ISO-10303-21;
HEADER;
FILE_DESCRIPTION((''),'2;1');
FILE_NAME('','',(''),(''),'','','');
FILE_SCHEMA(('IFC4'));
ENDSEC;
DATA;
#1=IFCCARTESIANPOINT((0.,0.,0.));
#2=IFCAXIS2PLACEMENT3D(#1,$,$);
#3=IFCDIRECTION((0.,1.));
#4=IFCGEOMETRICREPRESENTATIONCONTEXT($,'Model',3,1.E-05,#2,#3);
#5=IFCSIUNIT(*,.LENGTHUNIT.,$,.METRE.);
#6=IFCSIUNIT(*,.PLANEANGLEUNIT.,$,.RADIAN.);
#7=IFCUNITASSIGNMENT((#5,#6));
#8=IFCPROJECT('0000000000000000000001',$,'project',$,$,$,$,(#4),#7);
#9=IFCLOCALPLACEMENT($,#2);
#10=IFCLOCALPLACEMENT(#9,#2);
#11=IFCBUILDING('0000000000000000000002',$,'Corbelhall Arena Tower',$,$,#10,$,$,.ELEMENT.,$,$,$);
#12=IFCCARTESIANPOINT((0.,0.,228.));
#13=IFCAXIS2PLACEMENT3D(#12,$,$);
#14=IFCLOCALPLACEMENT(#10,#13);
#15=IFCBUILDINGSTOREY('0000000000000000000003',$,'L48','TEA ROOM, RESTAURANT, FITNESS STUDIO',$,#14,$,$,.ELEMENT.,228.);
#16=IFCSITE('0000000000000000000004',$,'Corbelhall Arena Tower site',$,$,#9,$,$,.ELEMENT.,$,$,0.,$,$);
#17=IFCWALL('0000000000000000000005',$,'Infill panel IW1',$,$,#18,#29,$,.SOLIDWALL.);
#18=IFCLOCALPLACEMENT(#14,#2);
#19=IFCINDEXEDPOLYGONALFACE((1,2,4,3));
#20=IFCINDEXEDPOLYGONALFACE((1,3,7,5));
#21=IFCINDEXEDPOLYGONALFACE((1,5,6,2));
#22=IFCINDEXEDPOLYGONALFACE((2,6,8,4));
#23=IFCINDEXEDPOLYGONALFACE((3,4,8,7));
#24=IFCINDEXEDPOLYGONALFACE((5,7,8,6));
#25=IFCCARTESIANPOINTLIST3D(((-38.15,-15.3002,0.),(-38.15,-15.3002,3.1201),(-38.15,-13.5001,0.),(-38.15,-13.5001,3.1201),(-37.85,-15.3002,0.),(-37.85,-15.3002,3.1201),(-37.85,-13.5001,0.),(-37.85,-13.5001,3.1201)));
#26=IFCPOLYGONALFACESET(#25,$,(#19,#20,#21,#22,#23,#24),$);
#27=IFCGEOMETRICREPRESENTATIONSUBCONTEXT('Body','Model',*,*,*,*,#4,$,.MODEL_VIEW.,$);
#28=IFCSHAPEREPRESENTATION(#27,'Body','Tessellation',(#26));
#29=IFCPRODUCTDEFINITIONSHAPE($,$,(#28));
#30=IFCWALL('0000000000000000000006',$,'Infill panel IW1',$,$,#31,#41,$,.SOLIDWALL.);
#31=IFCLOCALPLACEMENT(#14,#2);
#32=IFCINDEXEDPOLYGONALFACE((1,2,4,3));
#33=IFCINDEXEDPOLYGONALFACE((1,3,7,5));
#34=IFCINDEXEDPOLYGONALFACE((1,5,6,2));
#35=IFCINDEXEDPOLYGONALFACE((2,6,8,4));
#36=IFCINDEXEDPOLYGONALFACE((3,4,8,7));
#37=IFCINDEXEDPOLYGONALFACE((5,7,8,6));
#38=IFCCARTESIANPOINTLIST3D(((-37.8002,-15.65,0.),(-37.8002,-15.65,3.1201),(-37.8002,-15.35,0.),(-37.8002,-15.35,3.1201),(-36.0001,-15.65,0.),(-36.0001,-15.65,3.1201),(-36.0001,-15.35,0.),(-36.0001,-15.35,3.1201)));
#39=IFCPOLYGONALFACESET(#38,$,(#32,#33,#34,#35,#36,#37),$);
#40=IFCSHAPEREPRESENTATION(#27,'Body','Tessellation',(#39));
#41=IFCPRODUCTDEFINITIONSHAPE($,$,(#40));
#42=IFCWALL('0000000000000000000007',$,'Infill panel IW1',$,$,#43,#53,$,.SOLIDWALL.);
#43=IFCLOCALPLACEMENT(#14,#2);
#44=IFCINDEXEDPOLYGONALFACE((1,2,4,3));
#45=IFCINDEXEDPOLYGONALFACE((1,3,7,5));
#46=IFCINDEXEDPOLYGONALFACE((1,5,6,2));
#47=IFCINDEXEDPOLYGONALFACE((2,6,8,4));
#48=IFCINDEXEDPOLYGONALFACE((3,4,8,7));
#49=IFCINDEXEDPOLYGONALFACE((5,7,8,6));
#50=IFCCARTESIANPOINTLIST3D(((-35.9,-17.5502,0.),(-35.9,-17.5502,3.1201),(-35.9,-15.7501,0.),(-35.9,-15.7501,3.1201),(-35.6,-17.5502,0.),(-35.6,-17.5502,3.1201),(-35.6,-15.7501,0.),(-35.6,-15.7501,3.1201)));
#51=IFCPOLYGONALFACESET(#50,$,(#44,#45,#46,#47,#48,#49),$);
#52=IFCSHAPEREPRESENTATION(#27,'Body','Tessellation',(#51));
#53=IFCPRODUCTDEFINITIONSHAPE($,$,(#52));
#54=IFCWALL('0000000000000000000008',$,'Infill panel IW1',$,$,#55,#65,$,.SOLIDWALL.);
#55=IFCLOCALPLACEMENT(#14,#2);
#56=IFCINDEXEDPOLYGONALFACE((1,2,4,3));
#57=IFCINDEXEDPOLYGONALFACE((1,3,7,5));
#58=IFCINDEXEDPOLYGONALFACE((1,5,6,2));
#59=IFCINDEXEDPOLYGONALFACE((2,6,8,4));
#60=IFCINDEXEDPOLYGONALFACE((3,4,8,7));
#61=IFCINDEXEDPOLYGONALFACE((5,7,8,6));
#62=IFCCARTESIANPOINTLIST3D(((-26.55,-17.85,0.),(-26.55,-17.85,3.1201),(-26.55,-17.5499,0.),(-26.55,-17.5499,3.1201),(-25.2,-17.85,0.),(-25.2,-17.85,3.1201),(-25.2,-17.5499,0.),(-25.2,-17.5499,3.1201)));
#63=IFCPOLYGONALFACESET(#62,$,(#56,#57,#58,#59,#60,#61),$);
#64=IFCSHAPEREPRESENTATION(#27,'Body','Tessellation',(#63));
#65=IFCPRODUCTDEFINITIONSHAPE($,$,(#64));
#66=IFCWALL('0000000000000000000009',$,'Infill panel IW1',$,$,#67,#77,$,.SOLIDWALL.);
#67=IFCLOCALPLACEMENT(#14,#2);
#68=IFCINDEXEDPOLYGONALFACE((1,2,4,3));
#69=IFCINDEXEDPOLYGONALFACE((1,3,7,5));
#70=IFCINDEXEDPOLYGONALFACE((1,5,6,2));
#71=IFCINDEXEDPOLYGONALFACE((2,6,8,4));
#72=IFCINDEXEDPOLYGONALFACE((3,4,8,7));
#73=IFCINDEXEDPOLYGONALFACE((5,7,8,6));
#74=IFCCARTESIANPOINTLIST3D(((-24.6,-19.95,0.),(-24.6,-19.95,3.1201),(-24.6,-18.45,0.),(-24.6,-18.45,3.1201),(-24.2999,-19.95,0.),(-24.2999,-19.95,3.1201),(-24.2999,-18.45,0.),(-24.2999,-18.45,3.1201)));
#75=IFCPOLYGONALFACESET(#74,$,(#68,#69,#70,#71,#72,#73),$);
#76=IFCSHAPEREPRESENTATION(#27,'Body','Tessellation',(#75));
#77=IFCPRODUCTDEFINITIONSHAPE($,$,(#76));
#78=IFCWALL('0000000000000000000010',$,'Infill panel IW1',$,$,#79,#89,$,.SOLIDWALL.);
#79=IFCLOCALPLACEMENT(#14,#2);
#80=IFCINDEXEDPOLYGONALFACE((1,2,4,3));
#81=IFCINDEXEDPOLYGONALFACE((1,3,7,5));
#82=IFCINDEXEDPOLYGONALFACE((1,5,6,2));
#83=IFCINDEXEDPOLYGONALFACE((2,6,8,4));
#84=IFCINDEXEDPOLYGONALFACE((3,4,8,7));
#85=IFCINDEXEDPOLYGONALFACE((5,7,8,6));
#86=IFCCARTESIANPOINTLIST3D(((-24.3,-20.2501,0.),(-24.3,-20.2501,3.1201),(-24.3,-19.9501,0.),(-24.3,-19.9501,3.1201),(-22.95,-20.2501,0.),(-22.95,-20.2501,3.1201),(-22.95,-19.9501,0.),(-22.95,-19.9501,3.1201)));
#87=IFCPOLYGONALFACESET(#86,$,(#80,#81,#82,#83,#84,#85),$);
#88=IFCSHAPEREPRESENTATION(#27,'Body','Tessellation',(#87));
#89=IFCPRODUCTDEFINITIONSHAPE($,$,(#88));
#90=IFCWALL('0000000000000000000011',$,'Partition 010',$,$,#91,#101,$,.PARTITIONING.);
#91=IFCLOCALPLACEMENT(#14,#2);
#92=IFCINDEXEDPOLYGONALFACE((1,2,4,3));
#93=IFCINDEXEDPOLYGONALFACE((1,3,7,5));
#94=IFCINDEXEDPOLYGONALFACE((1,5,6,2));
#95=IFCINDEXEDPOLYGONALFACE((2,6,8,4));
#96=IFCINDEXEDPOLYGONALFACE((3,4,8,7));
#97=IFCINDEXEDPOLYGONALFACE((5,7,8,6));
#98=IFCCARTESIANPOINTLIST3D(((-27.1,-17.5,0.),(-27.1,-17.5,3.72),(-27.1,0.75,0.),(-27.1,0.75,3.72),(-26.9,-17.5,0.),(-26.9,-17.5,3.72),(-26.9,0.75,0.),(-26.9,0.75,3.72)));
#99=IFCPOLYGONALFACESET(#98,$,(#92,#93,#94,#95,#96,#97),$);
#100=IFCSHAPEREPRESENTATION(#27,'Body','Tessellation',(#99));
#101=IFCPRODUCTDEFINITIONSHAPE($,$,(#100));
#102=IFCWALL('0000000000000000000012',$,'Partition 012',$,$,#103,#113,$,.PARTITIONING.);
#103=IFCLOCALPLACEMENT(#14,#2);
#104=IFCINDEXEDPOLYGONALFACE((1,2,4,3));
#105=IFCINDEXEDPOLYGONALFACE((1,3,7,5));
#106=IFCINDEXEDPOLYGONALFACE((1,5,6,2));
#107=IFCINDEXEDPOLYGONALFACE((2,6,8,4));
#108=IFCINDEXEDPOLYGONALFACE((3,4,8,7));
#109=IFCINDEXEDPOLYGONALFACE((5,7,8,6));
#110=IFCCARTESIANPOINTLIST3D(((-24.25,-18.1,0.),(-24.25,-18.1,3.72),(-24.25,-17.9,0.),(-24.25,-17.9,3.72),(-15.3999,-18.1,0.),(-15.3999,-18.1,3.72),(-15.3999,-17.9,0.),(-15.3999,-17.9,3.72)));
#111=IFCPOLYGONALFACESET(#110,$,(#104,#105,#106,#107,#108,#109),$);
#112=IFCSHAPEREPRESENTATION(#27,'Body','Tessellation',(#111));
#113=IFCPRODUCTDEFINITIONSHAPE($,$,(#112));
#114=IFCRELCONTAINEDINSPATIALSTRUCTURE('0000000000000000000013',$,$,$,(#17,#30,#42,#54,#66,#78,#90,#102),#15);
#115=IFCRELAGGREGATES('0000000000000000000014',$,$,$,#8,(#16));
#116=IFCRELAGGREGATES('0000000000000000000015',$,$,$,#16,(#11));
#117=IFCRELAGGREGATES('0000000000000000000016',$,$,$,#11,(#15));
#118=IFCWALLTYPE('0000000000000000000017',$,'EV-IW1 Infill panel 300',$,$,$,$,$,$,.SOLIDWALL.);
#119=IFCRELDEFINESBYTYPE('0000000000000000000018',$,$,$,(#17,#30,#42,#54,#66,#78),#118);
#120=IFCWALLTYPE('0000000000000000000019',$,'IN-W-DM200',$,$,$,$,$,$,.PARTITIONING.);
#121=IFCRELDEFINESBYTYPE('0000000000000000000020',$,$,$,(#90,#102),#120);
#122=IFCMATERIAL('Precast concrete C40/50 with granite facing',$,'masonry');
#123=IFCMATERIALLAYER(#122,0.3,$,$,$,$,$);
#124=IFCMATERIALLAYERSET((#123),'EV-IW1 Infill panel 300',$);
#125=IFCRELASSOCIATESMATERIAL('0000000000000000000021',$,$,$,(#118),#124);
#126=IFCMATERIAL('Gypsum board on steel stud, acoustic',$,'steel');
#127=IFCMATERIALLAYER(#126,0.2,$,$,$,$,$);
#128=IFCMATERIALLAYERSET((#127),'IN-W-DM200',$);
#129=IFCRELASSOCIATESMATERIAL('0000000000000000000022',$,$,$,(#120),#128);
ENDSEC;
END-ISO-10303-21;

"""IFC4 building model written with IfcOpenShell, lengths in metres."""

from ifc_helpers import new_model, si_unit, direction, frame, frame_2d, origin, place, context, subcontext, project, spatial, rectangle, extrude, material, layer, layer_set, type_object, element, save


model = new_model("IFC4")

# Units and contexts
model_context = context("Model", 3, precision=1e-05, world=origin(), true_north=direction((0.0, 1.0)))
body_context = subcontext(model_context, "Body", "Model", "MODEL_VIEW")
ifc_project = project(units=[si_unit("LENGTHUNIT", "METRE"), si_unit("PLANEANGLEUNIT", "RADIAN")], contexts=[model_context])

# Site, building, storey
site_placement = place(None, origin())
site = spatial("IfcSite", under=ifc_project, at=site_placement, Name="Corbelhall Arena Tower site", CompositionType="ELEMENT", RefElevation=0.0)
building_placement = place(site_placement, origin())
building = spatial("IfcBuilding", under=site, at=building_placement, Name="Corbelhall Arena Tower", CompositionType="ELEMENT")
storey_placement = place(building_placement, frame((0.0, 0.0, 228.0)))
storey = spatial("IfcBuildingStorey", under=building, at=storey_placement, Name="L48", Description="TEA ROOM, RESTAURANT, FITNESS STUDIO", CompositionType="ELEMENT", Elevation=228.0)

# Walls
ifc_material_1 = material(Name="Precast concrete C40/50 with granite facing", Category="masonry")
ifc_layer_1 = layer(ifc_material_1, 0.3)
ifc_layer_set_1 = layer_set([ifc_layer_1], Name="EV-IW1 Infill panel 300")
wall_type_1 = type_object("IfcWallType", Name="EV-IW1 Infill panel 300", PredefinedType="SOLIDWALL", material=ifc_layer_set_1)
for number, where, z_axis, x_axis, name in (
    (1, (-38.0, -15.3, 0.0), (0.0, 0.0, 1.0), (0.0, 1.0, 0.0), "Infill panel IW1"),
    (2, (-37.8, -15.5, 0.0), (0.0, 0.0, 1.0), (1.0, 0.0, 0.0), "Infill panel IW1"),
    (3, (-35.75, -17.55, 0.0), (0.0, 0.0, 1.0), (0.0, 1.0, 0.0), "Infill panel IW1"),
):
    element("IfcWall", number, at=place(storey_placement, frame(where, z_axis=z_axis, x_axis=x_axis)), inside=storey, type_object=wall_type_1, Name=name, PredefinedType="SOLIDWALL", context=body_context, shape_type="SweptSolid", body=[
        extrude(rectangle(XDim=1.8, YDim=0.3, at=frame_2d((0.8999, 0.0))), origin(), (0.0, 0.0, 1.0), 3.1201),
    ])

# Walls
wall_1_placement = place(storey_placement, frame((-26.55, -17.7, 0.0), z_axis=(0.0, 0.0, 1.0), x_axis=(1.0, 0.0, 0.0)))
element("IfcWall", 4, at=wall_1_placement, inside=storey, type_object=wall_type_1, Name="Infill panel IW1", PredefinedType="SOLIDWALL", context=body_context, shape_type="SweptSolid", body=[
    extrude(rectangle(XDim=1.3501, YDim=0.3, at=frame_2d((0.675, 0.0))), origin(), (0.0, 0.0, 1.0), 3.1201),
])
wall_2_placement = place(storey_placement, frame((-24.45, -18.45, 0.0), z_axis=(0.0, 0.0, 1.0), x_axis=(0.0, -1.0, 0.0)))
element("IfcWall", 5, at=wall_2_placement, inside=storey, type_object=wall_type_1, Name="Infill panel IW1", PredefinedType="SOLIDWALL", context=body_context, shape_type="SweptSolid", body=[
    extrude(rectangle(XDim=1.5, YDim=0.3, at=frame_2d((0.75, 0.0))), origin(), (0.0, 0.0, 1.0), 3.1201),
])
wall_3_placement = place(storey_placement, frame((-24.3, -20.1001, 0.0), z_axis=(0.0, 0.0, 1.0), x_axis=(1.0, 0.0, 0.0)))
element("IfcWall", 6, at=wall_3_placement, inside=storey, type_object=wall_type_1, Name="Infill panel IW1", PredefinedType="SOLIDWALL", context=body_context, shape_type="SweptSolid", body=[
    extrude(rectangle(XDim=1.3501, YDim=0.3, at=frame_2d((0.675, 0.0))), origin(), (0.0, 0.0, 1.0), 3.1201),
])
ifc_material_2 = material(Name="Gypsum board on steel stud, acoustic", Category="steel")
ifc_layer_2 = layer(ifc_material_2, 0.2)
ifc_layer_set_2 = layer_set([ifc_layer_2], Name="IN-W-DM200")
wall_type_2 = type_object("IfcWallType", Name="IN-W-DM200", PredefinedType="PARTITIONING", material=ifc_layer_set_2)
wall_4_placement = place(storey_placement, frame((-27.0, -17.5, 0.0), z_axis=(0.0, 0.0, 1.0), x_axis=(0.0, 1.0, 0.0)))
element("IfcWall", 7, at=wall_4_placement, inside=storey, type_object=wall_type_2, Name="Partition 010", PredefinedType="PARTITIONING", context=body_context, shape_type="SweptSolid", body=[
    extrude(rectangle(XDim=18.25, YDim=0.2, at=frame_2d((9.125, 0.0))), origin(), (0.0, 0.0, 1.0), 3.72),
])
wall_5_placement = place(storey_placement, frame((-24.25, -18.0, 0.0), z_axis=(0.0, 0.0, 1.0), x_axis=(1.0, 0.0, 0.0)))
element("IfcWall", 8, at=wall_5_placement, inside=storey, type_object=wall_type_2, Name="Partition 012", PredefinedType="PARTITIONING", context=body_context, shape_type="SweptSolid", body=[
    extrude(rectangle(XDim=8.8501, YDim=0.2, at=frame_2d((4.425, 0.0))), origin(), (0.0, 0.0, 1.0), 3.72),
])

save(model, "model.ifc")
